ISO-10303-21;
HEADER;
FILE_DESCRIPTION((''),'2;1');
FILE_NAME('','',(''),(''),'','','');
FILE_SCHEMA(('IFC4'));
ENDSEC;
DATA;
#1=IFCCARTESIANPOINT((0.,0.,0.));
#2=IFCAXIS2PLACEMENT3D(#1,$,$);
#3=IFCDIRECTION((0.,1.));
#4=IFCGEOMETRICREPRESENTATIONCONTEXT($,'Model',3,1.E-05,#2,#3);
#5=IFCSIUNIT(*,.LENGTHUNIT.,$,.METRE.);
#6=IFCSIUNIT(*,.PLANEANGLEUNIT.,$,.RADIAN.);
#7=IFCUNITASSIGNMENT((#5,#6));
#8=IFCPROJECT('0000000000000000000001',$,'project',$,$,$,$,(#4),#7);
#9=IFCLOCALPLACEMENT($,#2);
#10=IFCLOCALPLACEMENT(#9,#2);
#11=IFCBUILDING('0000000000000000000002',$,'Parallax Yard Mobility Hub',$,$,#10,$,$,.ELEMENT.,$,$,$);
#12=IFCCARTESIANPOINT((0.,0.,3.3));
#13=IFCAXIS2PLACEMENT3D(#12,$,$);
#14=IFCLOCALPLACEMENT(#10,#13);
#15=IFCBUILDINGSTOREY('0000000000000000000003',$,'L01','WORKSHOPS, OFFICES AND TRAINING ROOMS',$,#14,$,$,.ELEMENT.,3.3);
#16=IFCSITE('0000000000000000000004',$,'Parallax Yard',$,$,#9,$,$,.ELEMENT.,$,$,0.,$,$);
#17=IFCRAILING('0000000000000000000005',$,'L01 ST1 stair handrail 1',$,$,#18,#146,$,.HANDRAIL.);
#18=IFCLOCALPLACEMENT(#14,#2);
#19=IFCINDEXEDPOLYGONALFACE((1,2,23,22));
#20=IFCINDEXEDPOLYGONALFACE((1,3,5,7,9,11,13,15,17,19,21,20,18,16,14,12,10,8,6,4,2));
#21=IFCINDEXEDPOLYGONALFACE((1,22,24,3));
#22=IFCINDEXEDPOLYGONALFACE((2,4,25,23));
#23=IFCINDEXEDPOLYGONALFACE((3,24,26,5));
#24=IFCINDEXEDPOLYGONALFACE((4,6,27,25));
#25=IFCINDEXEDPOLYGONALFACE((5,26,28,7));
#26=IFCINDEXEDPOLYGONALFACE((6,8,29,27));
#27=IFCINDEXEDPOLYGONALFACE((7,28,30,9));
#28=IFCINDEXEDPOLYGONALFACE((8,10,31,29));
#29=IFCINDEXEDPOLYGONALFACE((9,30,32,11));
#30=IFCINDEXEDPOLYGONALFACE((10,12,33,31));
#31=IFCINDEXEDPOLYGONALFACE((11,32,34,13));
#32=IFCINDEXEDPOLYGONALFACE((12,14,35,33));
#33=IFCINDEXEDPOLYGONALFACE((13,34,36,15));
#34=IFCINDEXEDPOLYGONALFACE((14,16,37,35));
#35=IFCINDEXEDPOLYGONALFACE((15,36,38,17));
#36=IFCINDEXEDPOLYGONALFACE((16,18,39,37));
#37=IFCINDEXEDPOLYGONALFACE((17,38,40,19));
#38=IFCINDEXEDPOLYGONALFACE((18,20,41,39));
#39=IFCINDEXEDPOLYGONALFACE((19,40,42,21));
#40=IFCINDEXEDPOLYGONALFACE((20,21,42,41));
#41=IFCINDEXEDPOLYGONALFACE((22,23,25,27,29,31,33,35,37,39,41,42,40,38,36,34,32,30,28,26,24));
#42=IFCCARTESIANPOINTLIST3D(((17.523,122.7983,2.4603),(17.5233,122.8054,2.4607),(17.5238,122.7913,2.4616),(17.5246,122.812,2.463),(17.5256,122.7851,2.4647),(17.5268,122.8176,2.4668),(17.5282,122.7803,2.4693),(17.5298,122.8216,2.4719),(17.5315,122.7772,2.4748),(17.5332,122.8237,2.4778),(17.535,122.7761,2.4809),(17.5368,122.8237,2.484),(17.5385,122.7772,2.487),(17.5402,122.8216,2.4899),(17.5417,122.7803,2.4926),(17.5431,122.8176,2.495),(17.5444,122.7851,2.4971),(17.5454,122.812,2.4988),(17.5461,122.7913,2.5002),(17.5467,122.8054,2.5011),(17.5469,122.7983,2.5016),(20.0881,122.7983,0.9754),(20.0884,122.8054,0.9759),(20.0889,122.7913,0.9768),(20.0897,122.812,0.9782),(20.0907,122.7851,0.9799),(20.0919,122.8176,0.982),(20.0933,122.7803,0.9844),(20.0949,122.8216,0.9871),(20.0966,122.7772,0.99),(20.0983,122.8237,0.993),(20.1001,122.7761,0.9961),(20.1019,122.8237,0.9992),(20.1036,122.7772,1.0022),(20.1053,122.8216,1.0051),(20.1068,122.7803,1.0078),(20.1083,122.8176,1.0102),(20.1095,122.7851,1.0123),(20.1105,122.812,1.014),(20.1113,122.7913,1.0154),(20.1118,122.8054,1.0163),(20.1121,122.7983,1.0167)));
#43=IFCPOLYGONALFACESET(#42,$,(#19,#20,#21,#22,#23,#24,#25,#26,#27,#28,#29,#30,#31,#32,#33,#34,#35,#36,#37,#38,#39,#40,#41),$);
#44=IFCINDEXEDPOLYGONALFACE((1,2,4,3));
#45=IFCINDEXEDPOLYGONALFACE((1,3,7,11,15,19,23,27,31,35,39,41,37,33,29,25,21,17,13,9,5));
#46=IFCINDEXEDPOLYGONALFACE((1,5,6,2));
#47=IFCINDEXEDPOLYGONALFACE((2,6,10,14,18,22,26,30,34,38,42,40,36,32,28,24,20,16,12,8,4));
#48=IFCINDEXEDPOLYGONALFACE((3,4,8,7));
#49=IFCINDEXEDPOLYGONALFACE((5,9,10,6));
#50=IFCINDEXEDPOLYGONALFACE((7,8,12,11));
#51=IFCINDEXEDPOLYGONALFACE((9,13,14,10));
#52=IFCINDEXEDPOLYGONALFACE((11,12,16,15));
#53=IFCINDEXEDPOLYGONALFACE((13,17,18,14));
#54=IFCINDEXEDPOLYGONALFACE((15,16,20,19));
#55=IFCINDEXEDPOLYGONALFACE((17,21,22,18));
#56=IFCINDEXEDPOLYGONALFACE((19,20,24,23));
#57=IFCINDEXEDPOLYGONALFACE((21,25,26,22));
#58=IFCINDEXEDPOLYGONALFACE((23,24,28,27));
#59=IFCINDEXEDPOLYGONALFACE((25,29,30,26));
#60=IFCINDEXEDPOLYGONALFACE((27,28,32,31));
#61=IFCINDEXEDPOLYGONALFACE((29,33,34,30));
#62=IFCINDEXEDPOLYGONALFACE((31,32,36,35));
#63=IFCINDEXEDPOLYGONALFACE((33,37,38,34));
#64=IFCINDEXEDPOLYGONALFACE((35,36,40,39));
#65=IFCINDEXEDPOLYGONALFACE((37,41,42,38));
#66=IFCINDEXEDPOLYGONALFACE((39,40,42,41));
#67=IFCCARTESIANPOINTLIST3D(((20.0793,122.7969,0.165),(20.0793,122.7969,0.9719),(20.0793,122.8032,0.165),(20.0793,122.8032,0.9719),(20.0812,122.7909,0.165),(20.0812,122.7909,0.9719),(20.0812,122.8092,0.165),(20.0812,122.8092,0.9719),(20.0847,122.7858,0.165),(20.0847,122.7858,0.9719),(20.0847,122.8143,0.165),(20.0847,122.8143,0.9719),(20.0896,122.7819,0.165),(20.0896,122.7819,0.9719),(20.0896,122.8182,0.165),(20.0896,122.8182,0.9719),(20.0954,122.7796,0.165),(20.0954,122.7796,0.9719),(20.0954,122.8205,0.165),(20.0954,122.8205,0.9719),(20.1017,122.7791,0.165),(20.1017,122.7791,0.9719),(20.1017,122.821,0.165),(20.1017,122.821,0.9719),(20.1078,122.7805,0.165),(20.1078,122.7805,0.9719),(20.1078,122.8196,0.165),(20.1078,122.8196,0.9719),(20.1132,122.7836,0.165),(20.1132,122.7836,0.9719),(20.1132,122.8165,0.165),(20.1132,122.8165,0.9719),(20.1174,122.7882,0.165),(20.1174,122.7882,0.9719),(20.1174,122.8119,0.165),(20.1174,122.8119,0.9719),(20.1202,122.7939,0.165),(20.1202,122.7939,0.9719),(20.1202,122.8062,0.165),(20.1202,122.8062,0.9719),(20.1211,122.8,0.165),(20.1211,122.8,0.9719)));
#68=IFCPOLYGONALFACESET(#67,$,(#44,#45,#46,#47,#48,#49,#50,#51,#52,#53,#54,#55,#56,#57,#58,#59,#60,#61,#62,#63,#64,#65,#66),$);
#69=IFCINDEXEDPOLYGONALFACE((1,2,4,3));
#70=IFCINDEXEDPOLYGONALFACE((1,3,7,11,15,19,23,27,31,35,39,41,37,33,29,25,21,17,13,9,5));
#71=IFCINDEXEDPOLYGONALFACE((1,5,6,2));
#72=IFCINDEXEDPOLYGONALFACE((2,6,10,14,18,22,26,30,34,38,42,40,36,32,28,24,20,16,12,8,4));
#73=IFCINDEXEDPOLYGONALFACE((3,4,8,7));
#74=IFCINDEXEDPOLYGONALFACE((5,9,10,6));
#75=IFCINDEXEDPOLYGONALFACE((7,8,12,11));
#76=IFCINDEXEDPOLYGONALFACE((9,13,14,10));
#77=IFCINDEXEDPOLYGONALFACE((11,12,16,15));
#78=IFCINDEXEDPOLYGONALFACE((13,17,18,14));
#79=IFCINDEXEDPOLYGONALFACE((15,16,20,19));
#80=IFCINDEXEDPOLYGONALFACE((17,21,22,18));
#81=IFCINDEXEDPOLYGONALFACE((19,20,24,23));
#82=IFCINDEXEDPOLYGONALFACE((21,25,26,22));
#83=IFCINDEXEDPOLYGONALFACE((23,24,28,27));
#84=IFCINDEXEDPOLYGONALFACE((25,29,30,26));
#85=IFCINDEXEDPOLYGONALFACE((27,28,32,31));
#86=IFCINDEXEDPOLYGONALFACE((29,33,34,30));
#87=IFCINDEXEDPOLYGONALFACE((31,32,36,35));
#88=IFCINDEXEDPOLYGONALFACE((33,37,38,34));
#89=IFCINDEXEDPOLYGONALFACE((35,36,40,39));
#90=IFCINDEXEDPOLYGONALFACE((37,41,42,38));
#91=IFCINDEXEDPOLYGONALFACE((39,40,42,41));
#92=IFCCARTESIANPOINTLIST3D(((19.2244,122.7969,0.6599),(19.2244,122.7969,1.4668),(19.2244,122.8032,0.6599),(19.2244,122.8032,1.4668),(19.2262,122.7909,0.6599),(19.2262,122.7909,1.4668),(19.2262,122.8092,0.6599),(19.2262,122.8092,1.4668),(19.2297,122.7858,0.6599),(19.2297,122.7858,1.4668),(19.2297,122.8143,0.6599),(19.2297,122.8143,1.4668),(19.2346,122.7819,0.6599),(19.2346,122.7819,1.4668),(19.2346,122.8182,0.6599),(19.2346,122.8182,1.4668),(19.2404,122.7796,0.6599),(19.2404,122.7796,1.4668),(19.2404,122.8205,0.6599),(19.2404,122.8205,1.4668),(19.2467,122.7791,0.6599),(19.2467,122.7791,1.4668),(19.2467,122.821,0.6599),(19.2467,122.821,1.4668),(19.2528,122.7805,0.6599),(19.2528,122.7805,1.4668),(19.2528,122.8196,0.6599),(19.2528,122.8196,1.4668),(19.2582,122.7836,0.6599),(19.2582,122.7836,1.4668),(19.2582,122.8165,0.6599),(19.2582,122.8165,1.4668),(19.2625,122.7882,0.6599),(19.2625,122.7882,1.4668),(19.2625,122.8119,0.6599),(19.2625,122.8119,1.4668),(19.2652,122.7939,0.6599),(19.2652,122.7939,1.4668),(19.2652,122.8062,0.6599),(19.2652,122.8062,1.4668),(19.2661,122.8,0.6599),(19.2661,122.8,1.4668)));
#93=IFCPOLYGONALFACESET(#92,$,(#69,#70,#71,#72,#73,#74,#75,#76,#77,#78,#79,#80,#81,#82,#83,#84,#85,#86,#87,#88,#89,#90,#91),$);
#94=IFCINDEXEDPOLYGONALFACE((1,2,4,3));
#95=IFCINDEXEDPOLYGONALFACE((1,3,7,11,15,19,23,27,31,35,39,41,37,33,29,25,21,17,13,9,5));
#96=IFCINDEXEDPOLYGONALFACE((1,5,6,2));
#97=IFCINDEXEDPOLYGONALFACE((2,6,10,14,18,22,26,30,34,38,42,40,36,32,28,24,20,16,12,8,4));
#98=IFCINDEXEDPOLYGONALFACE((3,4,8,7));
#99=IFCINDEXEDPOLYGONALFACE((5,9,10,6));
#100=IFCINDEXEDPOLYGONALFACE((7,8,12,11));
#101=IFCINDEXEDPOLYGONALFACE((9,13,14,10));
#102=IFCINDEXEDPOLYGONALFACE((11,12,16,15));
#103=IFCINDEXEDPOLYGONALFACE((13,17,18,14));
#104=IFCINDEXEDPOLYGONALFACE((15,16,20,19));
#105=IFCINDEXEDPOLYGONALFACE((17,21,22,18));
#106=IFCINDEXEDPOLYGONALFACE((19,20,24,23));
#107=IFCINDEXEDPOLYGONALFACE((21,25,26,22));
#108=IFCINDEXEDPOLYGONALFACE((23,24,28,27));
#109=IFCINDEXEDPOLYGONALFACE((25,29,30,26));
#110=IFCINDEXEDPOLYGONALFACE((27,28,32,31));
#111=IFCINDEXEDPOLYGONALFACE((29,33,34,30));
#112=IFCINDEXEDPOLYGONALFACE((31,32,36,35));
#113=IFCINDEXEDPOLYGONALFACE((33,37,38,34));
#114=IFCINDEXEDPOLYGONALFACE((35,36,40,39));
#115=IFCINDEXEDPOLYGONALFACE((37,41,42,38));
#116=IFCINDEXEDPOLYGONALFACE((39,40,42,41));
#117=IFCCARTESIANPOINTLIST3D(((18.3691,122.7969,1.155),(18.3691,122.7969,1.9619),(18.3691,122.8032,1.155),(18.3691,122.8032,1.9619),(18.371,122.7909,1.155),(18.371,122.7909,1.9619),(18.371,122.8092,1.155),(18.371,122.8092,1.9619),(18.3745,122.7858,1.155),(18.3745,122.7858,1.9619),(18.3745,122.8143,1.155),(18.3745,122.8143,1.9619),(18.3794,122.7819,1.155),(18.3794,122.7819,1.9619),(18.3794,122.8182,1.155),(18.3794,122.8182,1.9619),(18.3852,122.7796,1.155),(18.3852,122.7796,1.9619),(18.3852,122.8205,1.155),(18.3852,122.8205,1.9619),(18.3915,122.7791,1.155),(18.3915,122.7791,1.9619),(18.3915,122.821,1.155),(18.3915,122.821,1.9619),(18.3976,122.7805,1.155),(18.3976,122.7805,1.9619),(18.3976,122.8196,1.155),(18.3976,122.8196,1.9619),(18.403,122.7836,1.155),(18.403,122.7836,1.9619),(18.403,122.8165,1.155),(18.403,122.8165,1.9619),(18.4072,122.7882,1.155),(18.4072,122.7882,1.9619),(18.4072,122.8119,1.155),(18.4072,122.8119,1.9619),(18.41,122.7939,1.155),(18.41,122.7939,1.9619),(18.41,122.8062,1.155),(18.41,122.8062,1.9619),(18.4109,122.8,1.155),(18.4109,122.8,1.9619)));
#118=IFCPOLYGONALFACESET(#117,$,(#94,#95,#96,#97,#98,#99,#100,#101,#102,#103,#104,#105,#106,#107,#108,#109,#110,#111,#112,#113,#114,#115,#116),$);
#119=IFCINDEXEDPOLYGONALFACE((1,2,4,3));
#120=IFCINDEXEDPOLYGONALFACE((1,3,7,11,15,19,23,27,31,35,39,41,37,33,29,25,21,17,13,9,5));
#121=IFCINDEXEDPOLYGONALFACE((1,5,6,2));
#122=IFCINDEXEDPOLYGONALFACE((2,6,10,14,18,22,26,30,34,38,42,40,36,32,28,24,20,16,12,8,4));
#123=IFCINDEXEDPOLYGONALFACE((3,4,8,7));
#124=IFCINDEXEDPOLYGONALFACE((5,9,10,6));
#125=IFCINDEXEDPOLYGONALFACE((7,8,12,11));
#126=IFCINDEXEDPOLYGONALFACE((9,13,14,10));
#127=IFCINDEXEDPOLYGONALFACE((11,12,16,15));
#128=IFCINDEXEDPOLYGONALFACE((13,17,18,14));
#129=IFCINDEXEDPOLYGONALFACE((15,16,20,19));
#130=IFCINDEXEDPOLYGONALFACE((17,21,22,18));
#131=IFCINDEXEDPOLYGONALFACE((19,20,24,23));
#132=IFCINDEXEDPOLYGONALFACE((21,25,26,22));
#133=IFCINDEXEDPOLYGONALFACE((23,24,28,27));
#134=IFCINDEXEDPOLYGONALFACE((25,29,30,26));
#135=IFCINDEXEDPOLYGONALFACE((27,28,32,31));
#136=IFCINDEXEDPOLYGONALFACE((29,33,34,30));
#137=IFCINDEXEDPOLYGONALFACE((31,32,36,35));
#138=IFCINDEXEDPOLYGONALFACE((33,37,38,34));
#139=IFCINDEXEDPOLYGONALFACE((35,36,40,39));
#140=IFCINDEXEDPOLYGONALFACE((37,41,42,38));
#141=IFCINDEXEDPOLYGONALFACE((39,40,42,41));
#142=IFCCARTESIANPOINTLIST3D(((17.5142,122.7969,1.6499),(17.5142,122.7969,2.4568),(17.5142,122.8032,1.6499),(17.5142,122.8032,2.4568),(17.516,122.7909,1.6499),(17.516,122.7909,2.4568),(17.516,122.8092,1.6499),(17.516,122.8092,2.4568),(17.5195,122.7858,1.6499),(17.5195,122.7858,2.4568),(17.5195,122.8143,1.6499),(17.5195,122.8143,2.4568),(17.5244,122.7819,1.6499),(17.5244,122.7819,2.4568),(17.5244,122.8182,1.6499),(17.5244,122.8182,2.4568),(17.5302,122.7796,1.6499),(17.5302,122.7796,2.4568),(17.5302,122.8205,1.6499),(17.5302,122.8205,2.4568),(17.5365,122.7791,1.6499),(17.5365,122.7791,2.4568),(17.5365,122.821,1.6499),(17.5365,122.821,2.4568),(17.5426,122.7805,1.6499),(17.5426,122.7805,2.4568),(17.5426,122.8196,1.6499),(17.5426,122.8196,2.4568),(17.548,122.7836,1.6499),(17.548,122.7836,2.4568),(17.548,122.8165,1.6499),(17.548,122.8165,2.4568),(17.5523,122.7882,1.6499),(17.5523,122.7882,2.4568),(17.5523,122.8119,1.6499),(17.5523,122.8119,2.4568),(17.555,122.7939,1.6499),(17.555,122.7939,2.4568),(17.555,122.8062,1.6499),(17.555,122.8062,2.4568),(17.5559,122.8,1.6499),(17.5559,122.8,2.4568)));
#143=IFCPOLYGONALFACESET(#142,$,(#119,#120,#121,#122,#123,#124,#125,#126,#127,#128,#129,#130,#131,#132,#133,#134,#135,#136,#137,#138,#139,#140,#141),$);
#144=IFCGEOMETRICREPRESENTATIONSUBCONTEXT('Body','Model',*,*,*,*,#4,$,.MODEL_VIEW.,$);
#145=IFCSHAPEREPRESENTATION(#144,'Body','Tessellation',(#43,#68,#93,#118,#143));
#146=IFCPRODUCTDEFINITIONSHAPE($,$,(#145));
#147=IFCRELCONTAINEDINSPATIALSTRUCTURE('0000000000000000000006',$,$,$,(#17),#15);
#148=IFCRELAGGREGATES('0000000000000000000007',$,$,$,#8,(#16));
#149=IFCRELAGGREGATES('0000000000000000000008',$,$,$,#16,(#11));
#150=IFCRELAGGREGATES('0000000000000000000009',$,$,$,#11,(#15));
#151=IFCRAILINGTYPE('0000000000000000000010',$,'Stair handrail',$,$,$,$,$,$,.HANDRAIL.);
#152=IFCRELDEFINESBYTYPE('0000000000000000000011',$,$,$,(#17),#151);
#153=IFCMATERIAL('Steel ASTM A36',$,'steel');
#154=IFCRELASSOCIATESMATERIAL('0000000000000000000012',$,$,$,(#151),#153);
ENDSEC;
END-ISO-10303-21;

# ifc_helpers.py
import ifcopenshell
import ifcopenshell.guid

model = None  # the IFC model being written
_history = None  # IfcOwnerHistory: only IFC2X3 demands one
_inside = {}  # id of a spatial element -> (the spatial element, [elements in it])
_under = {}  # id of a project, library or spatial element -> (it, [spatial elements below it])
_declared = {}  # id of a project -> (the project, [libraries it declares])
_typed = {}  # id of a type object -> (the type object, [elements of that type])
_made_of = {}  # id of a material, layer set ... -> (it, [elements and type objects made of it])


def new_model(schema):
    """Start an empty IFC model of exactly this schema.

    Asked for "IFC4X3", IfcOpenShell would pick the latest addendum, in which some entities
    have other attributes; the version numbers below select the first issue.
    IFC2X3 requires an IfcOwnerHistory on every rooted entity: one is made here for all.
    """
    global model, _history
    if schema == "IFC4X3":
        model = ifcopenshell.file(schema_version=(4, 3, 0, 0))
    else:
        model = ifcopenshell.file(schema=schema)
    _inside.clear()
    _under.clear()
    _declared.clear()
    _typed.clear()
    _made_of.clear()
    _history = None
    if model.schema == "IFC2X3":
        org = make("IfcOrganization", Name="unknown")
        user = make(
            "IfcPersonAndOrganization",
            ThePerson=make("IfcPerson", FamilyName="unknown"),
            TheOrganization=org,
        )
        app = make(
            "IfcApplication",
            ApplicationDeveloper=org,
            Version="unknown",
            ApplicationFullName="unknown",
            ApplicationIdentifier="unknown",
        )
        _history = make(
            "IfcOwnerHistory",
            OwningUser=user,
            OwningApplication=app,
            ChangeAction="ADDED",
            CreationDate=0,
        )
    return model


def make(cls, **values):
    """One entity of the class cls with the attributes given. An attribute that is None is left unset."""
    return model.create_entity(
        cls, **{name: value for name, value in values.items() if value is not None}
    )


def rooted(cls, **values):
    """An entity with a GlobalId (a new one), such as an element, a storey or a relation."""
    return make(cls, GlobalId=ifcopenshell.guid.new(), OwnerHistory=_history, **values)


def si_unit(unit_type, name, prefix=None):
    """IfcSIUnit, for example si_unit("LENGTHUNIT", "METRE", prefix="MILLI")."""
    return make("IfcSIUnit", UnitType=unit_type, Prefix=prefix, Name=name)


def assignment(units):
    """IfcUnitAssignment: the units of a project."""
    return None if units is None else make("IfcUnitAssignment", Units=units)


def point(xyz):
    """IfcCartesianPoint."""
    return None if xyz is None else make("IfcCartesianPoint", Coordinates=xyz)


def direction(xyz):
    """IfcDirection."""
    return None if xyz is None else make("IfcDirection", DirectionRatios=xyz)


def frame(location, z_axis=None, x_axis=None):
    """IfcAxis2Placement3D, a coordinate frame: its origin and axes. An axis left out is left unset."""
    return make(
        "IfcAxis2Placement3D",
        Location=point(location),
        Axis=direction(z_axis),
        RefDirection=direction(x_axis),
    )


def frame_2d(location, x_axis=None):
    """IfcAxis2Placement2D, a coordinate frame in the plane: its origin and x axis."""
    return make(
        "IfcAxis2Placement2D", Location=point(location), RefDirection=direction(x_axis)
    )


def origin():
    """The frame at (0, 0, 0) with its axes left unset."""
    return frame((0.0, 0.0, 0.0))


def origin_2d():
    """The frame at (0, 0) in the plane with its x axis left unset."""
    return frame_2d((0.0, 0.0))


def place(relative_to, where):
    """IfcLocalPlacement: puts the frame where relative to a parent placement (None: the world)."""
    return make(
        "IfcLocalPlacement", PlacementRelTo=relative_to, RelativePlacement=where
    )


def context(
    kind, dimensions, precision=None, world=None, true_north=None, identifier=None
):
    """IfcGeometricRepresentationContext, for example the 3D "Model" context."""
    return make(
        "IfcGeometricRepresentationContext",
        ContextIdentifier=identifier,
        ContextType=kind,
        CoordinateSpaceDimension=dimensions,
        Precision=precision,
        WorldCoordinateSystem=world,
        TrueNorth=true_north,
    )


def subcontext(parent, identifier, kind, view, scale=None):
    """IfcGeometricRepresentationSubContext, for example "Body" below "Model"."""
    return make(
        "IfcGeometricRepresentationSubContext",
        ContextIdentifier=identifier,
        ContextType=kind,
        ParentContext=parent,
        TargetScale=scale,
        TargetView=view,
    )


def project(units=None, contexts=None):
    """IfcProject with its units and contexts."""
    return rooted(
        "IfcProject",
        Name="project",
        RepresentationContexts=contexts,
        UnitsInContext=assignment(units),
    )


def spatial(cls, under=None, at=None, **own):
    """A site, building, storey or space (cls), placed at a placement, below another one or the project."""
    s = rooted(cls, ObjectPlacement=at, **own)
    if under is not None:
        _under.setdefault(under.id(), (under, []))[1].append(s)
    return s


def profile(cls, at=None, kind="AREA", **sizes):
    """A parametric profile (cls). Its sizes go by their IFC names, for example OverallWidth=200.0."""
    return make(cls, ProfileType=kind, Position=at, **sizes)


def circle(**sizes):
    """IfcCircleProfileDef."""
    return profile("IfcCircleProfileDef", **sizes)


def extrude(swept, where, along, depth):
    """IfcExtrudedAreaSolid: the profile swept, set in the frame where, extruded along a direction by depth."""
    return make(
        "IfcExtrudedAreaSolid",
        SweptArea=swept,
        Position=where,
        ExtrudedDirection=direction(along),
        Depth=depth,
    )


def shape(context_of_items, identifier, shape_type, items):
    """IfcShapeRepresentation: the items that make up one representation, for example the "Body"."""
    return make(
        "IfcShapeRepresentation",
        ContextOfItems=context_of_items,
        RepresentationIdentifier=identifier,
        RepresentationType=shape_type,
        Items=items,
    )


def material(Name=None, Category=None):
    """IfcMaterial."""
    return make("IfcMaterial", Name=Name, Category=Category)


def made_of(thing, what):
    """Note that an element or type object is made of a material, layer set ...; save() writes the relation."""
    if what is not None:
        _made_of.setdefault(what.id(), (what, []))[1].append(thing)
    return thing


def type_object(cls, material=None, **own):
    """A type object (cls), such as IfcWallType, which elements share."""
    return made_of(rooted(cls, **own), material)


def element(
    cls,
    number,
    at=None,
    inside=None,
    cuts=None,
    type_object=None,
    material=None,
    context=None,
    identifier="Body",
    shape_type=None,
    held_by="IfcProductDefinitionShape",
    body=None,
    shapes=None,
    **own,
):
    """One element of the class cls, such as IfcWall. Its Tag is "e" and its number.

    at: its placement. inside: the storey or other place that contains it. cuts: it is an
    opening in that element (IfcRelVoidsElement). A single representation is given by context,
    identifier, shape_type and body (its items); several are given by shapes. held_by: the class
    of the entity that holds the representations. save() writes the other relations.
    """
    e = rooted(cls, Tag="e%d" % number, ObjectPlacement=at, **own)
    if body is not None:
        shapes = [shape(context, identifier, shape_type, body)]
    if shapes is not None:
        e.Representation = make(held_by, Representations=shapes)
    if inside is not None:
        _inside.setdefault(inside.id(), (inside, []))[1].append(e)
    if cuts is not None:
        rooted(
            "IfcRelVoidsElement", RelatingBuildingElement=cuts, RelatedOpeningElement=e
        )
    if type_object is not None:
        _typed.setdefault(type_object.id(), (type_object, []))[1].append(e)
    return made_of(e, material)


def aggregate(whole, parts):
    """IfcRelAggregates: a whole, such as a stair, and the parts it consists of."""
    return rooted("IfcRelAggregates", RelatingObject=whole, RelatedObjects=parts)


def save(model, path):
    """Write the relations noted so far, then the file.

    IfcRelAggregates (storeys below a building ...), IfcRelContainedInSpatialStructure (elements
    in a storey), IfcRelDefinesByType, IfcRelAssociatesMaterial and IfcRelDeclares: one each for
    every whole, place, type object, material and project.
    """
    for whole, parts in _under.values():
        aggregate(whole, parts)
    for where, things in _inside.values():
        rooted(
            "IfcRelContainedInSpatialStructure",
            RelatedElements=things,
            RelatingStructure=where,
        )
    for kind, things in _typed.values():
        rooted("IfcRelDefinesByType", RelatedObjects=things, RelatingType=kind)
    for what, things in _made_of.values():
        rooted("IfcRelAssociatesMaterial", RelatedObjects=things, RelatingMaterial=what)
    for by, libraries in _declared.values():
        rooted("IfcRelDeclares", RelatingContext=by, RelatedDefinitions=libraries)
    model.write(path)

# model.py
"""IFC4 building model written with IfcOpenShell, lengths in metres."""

from ifc_helpers import new_model, si_unit, direction, frame, origin, origin_2d, place, context, subcontext, project, spatial, circle, extrude, material, type_object, element, save


model = new_model("IFC4")

# Units and contexts
model_context = context("Model", 3, precision=1e-05, world=origin(), true_north=direction((0.0, 1.0)))
body_context = subcontext(model_context, "Body", "Model", "MODEL_VIEW")
ifc_project = project(units=[si_unit("LENGTHUNIT", "METRE"), si_unit("PLANEANGLEUNIT", "RADIAN")], contexts=[model_context])

# Site, building, storey
site_placement = place(None, origin())
site = spatial("IfcSite", under=ifc_project, at=site_placement, Name="Parallax Yard", CompositionType="ELEMENT", RefElevation=0.0)
building_placement = place(site_placement, origin())
building = spatial("IfcBuilding", under=site, at=building_placement, Name="Parallax Yard Mobility Hub", CompositionType="ELEMENT")
storey_placement = place(building_placement, frame((0.0, 0.0, 3.3)))
storey = spatial("IfcBuildingStorey", under=building, at=storey_placement, Name="L01", Description="WORKSHOPS, OFFICES AND TRAINING ROOMS", CompositionType="ELEMENT", Elevation=3.3)

# Railing
ifc_material_1 = material(Name="Steel ASTM A36", Category="steel")
railing_type_1 = type_object("IfcRailingType", Name="Stair handrail", PredefinedType="HANDRAIL", material=ifc_material_1)
railing_1_placement = place(storey_placement, frame((20.1001, 122.8, 0.165)))
element("IfcRailing", 1, at=railing_1_placement, inside=storey, type_object=railing_type_1, Name="L01 ST1 stair handrail 1", PredefinedType="HANDRAIL", context=body_context, shape_type="SweptSolid", body=[
    extrude(circle(Radius=0.0239, at=origin_2d()), frame((0.0, 0.0, 0.8311), z_axis=(-0.865462, 0.0, 0.500975), x_axis=(0.0, -1.0, 0.0)), (0.0, 0.0, 1.0), 2.9639),
    extrude(circle(Radius=0.021, at=origin_2d()), origin(), (0.0, 0.0, 1.0), 0.8069),
    extrude(circle(Radius=0.021, at=origin_2d()), frame((-0.855, 0.0, 0.4949)), (0.0, 0.0, 1.0), 0.8069),
    extrude(circle(Radius=0.021, at=origin_2d()), frame((-1.7102, 0.0, 0.99)), (0.0, 0.0, 1.0), 0.8069),
    extrude(circle(Radius=0.021, at=origin_2d()), frame((-2.5652, 0.0, 1.4849)), (0.0, 0.0, 1.0), 0.8069),
])

save(model, "model.ifc")
